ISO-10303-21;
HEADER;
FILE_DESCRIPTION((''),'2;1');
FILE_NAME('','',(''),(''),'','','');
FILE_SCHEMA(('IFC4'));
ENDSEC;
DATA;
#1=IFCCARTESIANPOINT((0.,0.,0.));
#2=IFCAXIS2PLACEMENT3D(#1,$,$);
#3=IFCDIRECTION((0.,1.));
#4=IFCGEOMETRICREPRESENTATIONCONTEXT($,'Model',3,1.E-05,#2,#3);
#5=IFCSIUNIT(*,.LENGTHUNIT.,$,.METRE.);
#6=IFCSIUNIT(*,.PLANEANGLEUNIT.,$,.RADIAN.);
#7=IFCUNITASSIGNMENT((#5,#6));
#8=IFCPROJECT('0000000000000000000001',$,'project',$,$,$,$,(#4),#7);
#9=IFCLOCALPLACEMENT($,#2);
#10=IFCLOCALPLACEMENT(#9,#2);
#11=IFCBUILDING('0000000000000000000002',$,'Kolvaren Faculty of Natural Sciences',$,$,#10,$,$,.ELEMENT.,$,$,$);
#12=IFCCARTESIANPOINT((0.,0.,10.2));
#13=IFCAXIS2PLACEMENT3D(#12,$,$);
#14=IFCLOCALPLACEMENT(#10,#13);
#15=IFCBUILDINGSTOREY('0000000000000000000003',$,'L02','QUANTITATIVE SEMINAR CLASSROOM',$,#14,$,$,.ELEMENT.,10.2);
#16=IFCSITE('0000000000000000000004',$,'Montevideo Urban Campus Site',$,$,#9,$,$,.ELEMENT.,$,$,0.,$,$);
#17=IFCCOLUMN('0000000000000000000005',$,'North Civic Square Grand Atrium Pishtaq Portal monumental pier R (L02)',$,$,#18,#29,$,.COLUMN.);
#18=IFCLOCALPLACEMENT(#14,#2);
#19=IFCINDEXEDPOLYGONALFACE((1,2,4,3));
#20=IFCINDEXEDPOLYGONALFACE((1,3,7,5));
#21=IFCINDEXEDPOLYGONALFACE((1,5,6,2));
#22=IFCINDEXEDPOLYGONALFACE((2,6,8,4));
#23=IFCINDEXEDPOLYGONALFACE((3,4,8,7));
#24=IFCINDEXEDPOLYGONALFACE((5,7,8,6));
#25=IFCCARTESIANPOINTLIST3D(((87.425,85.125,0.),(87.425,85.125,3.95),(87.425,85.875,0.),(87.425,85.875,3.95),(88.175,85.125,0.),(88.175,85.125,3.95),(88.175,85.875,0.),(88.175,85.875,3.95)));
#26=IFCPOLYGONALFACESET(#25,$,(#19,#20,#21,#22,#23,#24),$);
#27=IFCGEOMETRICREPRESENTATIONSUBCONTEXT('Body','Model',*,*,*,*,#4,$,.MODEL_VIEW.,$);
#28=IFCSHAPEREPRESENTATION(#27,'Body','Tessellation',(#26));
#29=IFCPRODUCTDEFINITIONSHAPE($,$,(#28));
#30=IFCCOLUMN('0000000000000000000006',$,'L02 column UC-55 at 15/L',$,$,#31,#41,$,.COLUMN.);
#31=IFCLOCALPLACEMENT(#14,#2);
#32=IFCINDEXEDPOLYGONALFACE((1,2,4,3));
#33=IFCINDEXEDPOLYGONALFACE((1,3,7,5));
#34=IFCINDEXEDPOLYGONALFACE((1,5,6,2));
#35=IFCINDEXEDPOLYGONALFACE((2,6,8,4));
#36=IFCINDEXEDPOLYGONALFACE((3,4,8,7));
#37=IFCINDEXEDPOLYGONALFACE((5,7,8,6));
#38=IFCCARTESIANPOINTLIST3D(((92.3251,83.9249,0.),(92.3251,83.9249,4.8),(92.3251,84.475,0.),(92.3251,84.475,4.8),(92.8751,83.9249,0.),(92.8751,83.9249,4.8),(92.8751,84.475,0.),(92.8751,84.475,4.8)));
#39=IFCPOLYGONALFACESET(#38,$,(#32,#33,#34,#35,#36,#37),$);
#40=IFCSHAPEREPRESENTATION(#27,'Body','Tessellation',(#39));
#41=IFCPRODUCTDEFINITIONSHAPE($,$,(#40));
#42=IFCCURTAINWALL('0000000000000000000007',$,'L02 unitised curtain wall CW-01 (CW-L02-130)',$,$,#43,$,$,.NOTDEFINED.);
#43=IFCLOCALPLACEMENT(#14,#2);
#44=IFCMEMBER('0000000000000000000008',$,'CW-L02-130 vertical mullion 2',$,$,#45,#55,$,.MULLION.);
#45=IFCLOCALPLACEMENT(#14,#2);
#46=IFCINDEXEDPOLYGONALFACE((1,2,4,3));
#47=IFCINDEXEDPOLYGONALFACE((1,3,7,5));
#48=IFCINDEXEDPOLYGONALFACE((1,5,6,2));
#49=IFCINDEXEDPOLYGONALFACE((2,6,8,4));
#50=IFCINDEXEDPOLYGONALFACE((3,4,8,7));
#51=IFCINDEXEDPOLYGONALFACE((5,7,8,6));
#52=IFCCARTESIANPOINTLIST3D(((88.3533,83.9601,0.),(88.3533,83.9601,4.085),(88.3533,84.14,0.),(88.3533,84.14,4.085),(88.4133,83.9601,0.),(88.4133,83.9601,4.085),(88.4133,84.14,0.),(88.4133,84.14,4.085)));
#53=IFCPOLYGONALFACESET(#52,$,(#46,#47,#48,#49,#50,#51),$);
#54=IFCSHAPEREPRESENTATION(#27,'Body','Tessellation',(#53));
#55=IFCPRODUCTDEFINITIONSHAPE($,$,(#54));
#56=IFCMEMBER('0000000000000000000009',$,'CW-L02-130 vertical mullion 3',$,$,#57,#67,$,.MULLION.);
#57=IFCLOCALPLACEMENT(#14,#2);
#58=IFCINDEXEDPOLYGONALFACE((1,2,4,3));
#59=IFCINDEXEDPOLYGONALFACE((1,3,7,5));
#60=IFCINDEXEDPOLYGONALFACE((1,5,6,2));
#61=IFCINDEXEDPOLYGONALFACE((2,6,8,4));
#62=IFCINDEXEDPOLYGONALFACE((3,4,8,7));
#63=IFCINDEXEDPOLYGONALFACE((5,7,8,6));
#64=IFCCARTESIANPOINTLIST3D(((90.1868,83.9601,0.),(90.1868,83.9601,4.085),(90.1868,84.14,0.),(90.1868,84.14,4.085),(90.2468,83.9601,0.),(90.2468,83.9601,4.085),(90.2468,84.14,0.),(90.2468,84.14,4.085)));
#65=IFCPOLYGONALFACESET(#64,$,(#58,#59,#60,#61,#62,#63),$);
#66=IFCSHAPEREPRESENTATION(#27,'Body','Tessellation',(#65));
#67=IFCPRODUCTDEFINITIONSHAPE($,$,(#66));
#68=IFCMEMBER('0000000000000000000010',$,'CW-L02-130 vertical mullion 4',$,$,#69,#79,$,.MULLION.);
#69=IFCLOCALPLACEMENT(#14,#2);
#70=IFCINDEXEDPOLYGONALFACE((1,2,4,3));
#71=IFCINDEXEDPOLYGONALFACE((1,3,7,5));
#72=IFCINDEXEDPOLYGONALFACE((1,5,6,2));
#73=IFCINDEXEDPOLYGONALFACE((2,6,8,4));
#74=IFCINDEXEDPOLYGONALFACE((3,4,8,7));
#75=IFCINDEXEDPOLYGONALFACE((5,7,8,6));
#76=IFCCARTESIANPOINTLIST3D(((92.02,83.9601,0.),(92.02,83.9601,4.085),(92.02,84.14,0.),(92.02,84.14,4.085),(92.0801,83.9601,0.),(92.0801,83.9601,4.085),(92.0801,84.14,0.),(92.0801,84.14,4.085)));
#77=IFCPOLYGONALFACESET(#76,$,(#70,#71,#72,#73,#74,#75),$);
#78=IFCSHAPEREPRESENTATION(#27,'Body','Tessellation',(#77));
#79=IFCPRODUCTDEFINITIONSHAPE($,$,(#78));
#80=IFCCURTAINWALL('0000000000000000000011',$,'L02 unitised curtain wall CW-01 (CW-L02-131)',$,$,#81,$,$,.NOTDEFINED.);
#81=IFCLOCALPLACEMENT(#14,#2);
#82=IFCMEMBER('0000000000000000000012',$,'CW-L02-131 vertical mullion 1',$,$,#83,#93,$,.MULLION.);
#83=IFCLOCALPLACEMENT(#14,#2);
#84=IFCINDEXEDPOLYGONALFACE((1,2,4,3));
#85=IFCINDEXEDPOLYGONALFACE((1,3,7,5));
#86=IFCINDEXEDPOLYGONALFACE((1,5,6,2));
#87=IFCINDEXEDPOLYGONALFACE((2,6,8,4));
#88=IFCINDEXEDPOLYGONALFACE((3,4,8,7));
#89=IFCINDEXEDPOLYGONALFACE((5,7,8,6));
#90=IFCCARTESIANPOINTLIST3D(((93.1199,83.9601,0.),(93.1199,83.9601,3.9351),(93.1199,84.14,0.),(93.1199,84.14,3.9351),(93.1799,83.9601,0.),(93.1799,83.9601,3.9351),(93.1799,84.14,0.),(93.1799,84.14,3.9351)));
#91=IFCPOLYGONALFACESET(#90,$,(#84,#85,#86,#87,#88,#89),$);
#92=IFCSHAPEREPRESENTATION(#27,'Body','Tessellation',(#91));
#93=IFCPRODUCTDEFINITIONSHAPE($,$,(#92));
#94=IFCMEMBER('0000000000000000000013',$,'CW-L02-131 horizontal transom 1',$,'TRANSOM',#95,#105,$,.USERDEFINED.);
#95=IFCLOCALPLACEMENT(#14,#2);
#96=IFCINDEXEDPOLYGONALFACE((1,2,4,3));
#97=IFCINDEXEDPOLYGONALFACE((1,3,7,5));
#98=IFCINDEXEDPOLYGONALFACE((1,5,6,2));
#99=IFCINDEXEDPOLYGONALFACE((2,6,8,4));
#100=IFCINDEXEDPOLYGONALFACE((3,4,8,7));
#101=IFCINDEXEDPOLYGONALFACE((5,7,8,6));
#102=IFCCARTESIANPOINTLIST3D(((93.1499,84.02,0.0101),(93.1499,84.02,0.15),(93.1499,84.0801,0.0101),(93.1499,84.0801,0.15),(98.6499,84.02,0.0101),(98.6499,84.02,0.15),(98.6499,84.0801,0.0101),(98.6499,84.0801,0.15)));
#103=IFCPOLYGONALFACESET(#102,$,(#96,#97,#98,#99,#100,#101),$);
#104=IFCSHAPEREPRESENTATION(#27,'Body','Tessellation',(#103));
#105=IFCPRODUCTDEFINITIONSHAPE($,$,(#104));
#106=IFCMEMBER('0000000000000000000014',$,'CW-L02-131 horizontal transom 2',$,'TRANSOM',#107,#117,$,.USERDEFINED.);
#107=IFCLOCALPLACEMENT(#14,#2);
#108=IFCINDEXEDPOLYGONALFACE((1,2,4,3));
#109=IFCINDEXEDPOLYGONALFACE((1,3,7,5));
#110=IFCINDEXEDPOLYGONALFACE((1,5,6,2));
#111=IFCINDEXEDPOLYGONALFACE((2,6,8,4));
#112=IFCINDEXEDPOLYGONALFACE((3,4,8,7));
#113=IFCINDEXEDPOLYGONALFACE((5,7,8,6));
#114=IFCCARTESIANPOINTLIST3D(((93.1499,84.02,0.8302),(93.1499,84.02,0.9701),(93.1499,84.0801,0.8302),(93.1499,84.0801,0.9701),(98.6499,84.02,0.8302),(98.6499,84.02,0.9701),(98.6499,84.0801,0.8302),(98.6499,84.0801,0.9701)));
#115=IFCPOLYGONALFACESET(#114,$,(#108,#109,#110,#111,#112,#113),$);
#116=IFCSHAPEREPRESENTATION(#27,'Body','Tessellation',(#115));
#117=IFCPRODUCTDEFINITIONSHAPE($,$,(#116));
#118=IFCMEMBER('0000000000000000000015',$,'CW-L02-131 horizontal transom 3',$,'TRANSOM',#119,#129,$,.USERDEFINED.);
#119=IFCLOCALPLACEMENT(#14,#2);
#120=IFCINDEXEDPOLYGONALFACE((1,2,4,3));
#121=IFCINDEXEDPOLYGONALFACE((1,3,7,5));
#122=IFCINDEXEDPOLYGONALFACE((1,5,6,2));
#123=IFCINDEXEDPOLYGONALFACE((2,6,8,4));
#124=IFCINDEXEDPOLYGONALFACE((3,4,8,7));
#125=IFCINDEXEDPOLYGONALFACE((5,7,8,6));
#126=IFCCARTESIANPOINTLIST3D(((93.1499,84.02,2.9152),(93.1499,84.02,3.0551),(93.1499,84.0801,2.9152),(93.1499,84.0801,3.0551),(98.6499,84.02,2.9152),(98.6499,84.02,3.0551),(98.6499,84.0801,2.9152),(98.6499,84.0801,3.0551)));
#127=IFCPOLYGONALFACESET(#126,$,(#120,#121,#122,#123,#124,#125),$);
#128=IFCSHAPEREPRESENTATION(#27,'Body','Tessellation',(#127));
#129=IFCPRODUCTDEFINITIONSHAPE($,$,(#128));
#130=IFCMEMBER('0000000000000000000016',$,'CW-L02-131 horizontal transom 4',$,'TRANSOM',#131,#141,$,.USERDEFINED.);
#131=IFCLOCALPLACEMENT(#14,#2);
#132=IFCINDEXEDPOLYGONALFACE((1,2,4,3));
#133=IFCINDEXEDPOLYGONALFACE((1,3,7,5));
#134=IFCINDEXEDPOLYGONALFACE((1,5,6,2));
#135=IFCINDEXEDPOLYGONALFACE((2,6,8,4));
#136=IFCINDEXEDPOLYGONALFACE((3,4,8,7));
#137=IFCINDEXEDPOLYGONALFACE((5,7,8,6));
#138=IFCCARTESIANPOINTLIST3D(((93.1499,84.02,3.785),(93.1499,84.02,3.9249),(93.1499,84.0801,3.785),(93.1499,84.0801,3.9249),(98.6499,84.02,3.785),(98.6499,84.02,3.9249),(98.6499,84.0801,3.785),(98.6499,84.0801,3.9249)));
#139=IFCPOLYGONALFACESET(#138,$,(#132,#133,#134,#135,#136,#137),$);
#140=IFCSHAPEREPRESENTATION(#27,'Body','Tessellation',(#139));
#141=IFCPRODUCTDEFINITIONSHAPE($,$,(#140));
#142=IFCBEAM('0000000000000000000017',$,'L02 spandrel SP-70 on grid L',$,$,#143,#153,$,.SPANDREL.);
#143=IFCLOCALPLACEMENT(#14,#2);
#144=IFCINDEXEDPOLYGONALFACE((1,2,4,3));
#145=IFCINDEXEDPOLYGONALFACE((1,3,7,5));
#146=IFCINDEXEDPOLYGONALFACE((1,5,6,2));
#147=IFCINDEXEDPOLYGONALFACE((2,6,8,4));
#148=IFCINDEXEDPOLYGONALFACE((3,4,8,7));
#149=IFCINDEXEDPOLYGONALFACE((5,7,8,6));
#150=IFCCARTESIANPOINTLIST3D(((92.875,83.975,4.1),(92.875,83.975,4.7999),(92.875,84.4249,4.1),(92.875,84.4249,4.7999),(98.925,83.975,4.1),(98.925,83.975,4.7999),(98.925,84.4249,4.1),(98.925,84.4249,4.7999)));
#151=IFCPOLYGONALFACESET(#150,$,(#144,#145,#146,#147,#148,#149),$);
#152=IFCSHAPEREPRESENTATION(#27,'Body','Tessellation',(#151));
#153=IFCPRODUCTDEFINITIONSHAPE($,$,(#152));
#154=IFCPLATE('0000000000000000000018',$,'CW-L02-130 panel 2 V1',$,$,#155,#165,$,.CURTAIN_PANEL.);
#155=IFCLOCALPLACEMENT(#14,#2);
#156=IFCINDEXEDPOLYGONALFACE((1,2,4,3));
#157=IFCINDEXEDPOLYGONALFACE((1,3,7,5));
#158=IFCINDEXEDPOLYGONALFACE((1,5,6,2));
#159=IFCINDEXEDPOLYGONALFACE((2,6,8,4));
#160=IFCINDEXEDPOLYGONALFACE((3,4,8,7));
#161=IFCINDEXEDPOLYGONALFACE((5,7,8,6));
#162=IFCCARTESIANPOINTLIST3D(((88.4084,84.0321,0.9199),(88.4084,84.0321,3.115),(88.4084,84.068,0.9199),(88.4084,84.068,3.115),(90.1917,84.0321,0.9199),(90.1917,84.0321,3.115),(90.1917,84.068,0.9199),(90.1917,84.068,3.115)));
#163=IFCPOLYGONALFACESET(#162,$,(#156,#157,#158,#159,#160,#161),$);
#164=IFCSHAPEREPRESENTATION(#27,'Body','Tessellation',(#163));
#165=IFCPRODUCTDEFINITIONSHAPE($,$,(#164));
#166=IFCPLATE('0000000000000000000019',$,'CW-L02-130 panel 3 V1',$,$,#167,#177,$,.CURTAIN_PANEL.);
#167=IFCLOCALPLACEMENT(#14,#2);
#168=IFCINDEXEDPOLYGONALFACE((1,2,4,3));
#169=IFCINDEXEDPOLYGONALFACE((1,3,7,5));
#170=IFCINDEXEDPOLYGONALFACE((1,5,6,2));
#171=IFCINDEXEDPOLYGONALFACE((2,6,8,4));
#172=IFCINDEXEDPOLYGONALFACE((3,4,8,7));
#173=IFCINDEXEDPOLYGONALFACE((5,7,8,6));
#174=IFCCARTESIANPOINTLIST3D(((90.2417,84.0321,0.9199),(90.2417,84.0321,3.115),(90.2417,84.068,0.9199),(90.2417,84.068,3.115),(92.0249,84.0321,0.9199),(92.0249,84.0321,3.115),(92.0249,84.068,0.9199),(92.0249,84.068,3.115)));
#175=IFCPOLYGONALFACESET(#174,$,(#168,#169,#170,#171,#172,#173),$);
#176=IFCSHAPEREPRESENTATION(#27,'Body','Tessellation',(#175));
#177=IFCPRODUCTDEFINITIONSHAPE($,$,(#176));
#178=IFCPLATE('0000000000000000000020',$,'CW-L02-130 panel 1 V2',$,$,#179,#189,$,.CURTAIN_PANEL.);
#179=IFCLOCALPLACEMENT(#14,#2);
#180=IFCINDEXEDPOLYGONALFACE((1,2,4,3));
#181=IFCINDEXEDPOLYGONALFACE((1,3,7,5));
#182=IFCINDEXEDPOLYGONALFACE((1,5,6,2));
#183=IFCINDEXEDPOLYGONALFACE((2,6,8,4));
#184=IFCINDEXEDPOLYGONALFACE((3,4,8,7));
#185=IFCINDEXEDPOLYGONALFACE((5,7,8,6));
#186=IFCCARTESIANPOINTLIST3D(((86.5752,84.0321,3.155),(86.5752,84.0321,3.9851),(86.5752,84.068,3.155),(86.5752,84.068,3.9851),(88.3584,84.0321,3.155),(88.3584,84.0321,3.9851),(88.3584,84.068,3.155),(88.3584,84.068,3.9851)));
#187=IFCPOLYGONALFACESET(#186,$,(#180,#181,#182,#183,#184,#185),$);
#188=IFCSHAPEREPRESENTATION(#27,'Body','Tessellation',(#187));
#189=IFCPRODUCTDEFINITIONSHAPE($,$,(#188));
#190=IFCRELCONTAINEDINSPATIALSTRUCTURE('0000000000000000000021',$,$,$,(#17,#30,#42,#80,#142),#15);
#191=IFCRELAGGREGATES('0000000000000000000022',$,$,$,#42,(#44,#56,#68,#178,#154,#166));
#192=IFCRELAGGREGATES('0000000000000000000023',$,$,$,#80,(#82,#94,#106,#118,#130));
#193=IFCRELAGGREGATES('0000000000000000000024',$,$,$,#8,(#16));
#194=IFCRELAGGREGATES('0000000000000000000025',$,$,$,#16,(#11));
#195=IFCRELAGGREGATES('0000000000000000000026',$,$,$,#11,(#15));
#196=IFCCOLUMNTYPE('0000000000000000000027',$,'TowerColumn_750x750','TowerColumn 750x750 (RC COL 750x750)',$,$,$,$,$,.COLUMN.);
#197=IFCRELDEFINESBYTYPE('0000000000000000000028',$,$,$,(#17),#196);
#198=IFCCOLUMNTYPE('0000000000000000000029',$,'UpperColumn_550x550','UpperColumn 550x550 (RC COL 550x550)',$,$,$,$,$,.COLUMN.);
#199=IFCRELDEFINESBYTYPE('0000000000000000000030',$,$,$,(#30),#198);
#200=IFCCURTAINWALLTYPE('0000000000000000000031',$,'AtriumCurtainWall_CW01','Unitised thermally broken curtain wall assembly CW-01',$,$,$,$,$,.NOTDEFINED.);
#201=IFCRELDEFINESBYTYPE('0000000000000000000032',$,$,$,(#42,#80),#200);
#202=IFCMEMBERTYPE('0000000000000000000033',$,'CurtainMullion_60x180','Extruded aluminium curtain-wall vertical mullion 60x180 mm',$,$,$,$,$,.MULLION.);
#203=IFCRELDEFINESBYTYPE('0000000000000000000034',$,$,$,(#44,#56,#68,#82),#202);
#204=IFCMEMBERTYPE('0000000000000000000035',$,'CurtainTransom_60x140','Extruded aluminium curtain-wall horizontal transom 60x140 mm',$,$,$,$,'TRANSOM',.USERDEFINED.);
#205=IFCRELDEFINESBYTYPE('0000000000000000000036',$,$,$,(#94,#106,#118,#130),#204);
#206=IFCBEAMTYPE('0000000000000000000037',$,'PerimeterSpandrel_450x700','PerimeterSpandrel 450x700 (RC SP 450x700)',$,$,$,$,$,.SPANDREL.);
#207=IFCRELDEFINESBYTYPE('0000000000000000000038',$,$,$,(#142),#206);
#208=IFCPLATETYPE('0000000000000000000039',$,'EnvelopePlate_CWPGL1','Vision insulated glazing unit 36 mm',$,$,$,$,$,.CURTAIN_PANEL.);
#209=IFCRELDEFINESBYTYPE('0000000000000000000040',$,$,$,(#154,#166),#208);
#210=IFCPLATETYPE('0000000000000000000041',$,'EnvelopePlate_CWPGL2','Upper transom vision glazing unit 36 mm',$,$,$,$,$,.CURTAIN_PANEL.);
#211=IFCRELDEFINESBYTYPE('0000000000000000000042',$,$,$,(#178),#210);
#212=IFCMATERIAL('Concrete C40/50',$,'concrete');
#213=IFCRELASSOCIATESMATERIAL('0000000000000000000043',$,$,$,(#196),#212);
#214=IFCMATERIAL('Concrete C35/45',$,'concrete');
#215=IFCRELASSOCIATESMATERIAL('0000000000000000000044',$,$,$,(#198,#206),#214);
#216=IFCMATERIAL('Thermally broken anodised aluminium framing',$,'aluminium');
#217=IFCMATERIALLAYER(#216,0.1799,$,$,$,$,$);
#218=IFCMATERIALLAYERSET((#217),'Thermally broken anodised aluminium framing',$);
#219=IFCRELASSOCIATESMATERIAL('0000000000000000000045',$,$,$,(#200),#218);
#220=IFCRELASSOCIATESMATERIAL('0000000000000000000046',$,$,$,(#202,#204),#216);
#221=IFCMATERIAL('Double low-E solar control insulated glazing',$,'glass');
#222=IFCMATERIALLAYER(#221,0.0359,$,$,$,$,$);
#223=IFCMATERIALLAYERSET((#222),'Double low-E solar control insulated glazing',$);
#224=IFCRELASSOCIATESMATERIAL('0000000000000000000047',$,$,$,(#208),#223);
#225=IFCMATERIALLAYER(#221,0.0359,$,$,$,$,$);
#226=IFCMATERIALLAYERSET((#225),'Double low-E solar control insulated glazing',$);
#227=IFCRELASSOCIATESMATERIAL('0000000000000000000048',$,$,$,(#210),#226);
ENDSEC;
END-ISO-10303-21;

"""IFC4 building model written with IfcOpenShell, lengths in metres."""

from ifc_helpers import new_model, si_unit, direction, frame, origin, origin_2d, place, context, subcontext, project, spatial, rectangle, extrude, material, layer, layer_set, material_profile, profile_set, type_object, element, aggregate, save


model = new_model("IFC4")

# Units and contexts
model_context = context("Model", 3, precision=1e-05, world=origin(), true_north=direction((0.0, 1.0)))
body_context = subcontext(model_context, "Body", "Model", "MODEL_VIEW")
ifc_project = project(units=[si_unit("LENGTHUNIT", "METRE"), si_unit("PLANEANGLEUNIT", "RADIAN")], contexts=[model_context])

# Site, building, storey
site_placement = place(None, origin())
site = spatial("IfcSite", under=ifc_project, at=site_placement, Name="Montevideo Urban Campus Site", CompositionType="ELEMENT", RefElevation=0.0)
building_placement = place(site_placement, origin())
building = spatial("IfcBuilding", under=site, at=building_placement, Name="Kolvaren Faculty of Natural Sciences", CompositionType="ELEMENT")
storey_placement = place(building_placement, frame((0.0, 0.0, 10.2)))
storey = spatial("IfcBuildingStorey", under=building, at=storey_placement, Name="L02", Description="QUANTITATIVE SEMINAR CLASSROOM", CompositionType="ELEMENT", Elevation=10.2)

# Columns
ifc_material_1 = material(Name="Concrete C40/50", Category="concrete")
ifc_material_profile_1 = material_profile(ifc_material_1, rectangle(XDim=0.75, YDim=0.75, at=origin_2d()), Name="RC COL 750x750")
ifc_profile_set_1 = profile_set([ifc_material_profile_1], Name="Concrete C40/50")
column_type_1 = type_object("IfcColumnType", Name="TowerColumn_750x750", Description="TowerColumn 750x750 (RC COL 750x750)", PredefinedType="COLUMN", material=ifc_profile_set_1)
column_1_placement = place(storey_placement, frame((87.8, 85.5, 0.0), z_axis=(0.0, 0.0, 1.0), x_axis=(1.0, 0.0, 0.0)))
element("IfcColumn", 1, at=column_1_placement, inside=storey, type_object=column_type_1, Name="North Civic Square Grand Atrium Pishtaq Portal monumental pier R (L02)", PredefinedType="COLUMN", context=body_context, shape_type="SweptSolid", body=[
    extrude(rectangle(XDim=0.75, YDim=0.75, at=origin_2d()), origin(), (0.0, 0.0, 1.0), 3.95),
])
ifc_material_2 = material(Name="Concrete C35/45", Category="concrete")
ifc_material_profile_2 = material_profile(ifc_material_2, rectangle(XDim=0.55, YDim=0.55, at=origin_2d()), Name="RC COL 550x550")
ifc_profile_set_2 = profile_set([ifc_material_profile_2], Name="Concrete C35/45")
column_type_2 = type_object("IfcColumnType", Name="UpperColumn_550x550", Description="UpperColumn 550x550 (RC COL 550x550)", PredefinedType="COLUMN", material=ifc_profile_set_2)
column_2_placement = place(storey_placement, frame((92.6001, 84.2, 0.0), z_axis=(0.0, 0.0, 1.0), x_axis=(1.0, 0.0, 0.0)))
element("IfcColumn", 2, at=column_2_placement, inside=storey, type_object=column_type_2, Name="L02 column UC-55 at 15/L", PredefinedType="COLUMN", context=body_context, shape_type="SweptSolid", body=[
    extrude(rectangle(XDim=0.55, YDim=0.55, at=origin_2d()), origin(), (0.0, 0.0, 1.0), 4.8),
])

# Curtain walls, members
ifc_material_3 = material(Name="Thermally broken anodised aluminium framing", Category="aluminium")
ifc_layer_1 = layer(ifc_material_3, 0.1799)
ifc_layer_set_1 = layer_set([ifc_layer_1], Name="Thermally broken anodised aluminium framing")
curtain_wall_type = type_object("IfcCurtainWallType", Name="AtriumCurtainWall_CW01", Description="Unitised thermally broken curtain wall assembly CW-01", PredefinedType="NOTDEFINED", material=ifc_layer_set_1)
curtain_wall_1_placement = place(storey_placement, origin())
curtain_wall_1 = element("IfcCurtainWall", 3, at=curtain_wall_1_placement, inside=storey, type_object=curtain_wall_type, Name="L02 unitised curtain wall CW-01 (CW-L02-130)", PredefinedType="NOTDEFINED")
ifc_material_profile_3 = material_profile(ifc_material_3, rectangle(XDim=0.0601, YDim=0.1799, at=origin_2d()), Name="ALU MUL 60x180")
ifc_profile_set_3 = profile_set([ifc_material_profile_3], Name="Thermally broken anodised aluminium framing")
member_type_1 = type_object("IfcMemberType", Name="CurtainMullion_60x180", Description="Extruded aluminium curtain-wall vertical mullion 60x180 mm", PredefinedType="MULLION", material=ifc_profile_set_3)
member_1_placement = place(storey_placement, frame((88.3833, 84.05, 0.0), z_axis=(0.0, 0.0, 1.0), x_axis=(1.0, 0.0, 0.0)))
member_1 = element("IfcMember", 4, at=member_1_placement, type_object=member_type_1, Name="CW-L02-130 vertical mullion 2", PredefinedType="MULLION", context=body_context, shape_type="SweptSolid", body=[
    extrude(rectangle(XDim=0.0601, YDim=0.1799, at=origin_2d()), origin(), (0.0, 0.0, 1.0), 4.085),
])
member_2_placement = place(storey_placement, frame((90.2168, 84.05, 0.0), z_axis=(0.0, 0.0, 1.0), x_axis=(1.0, 0.0, 0.0)))
member_2 = element("IfcMember", 5, at=member_2_placement, type_object=member_type_1, Name="CW-L02-130 vertical mullion 3", PredefinedType="MULLION", context=body_context, shape_type="SweptSolid", body=[
    extrude(rectangle(XDim=0.0601, YDim=0.1799, at=origin_2d()), origin(), (0.0, 0.0, 1.0), 4.085),
])
member_3_placement = place(storey_placement, frame((92.05, 84.05, 0.0), z_axis=(0.0, 0.0, 1.0), x_axis=(1.0, 0.0, 0.0)))
member_3 = element("IfcMember", 6, at=member_3_placement, type_object=member_type_1, Name="CW-L02-130 vertical mullion 4", PredefinedType="MULLION", context=body_context, shape_type="SweptSolid", body=[
    extrude(rectangle(XDim=0.0601, YDim=0.1799, at=origin_2d()), origin(), (0.0, 0.0, 1.0), 4.085),
])
curtain_wall_2_placement = place(storey_placement, origin())
curtain_wall_2 = element("IfcCurtainWall", 7, at=curtain_wall_2_placement, inside=storey, type_object=curtain_wall_type, Name="L02 unitised curtain wall CW-01 (CW-L02-131)", PredefinedType="NOTDEFINED")
member_4_placement = place(storey_placement, frame((93.1499, 84.05, 0.0), z_axis=(0.0, 0.0, 1.0), x_axis=(1.0, 0.0, 0.0)))
member_4 = element("IfcMember", 8, at=member_4_placement, type_object=member_type_1, Name="CW-L02-131 vertical mullion 1", PredefinedType="MULLION", context=body_context, shape_type="SweptSolid", body=[
    extrude(rectangle(XDim=0.0601, YDim=0.1799, at=origin_2d()), origin(), (0.0, 0.0, 1.0), 3.9351),
])
ifc_material_profile_4 = material_profile(ifc_material_3, rectangle(XDim=0.0601, YDim=0.1399, at=origin_2d()), Name="ALU TRN 60x140")
ifc_profile_set_4 = profile_set([ifc_material_profile_4], Name="Thermally broken anodised aluminium framing")
member_type_2 = type_object("IfcMemberType", Name="CurtainTransom_60x140", Description="Extruded aluminium curtain-wall horizontal transom 60x140 mm", ElementType="TRANSOM", PredefinedType="USERDEFINED", material=ifc_profile_set_4)
member_5_placement = place(storey_placement, frame((93.1499, 84.05, 0.0801), z_axis=(1.0, 0.0, 0.0), x_axis=(0.0, 1.0, 0.0)))
member_5 = element("IfcMember", 9, at=member_5_placement, type_object=member_type_2, Name="CW-L02-131 horizontal transom 1", ObjectType="TRANSOM", PredefinedType="USERDEFINED", context=body_context, shape_type="SweptSolid", body=[
    extrude(rectangle(XDim=0.0601, YDim=0.1399, at=origin_2d()), origin(), (0.0, 0.0, 1.0), 5.5),
])
member_6_placement = place(storey_placement, frame((93.1499, 84.05, 0.9001), z_axis=(1.0, 0.0, 0.0), x_axis=(0.0, 1.0, 0.0)))
member_6 = element("IfcMember", 10, at=member_6_placement, type_object=member_type_2, Name="CW-L02-131 horizontal transom 2", ObjectType="TRANSOM", PredefinedType="USERDEFINED", context=body_context, shape_type="SweptSolid", body=[
    extrude(rectangle(XDim=0.0601, YDim=0.1399, at=origin_2d()), origin(), (0.0, 0.0, 1.0), 5.5),
])
member_7_placement = place(storey_placement, frame((93.1499, 84.05, 2.9851), z_axis=(1.0, 0.0, 0.0), x_axis=(0.0, 1.0, 0.0)))
member_7 = element("IfcMember", 11, at=member_7_placement, type_object=member_type_2, Name="CW-L02-131 horizontal transom 3", ObjectType="TRANSOM", PredefinedType="USERDEFINED", context=body_context, shape_type="SweptSolid", body=[
    extrude(rectangle(XDim=0.0601, YDim=0.1399, at=origin_2d()), origin(), (0.0, 0.0, 1.0), 5.5),
])
member_8_placement = place(storey_placement, frame((93.1499, 84.05, 3.855), z_axis=(1.0, 0.0, 0.0), x_axis=(0.0, 1.0, 0.0)))
member_8 = element("IfcMember", 12, at=member_8_placement, type_object=member_type_2, Name="CW-L02-131 horizontal transom 4", ObjectType="TRANSOM", PredefinedType="USERDEFINED", context=body_context, shape_type="SweptSolid", body=[
    extrude(rectangle(XDim=0.0601, YDim=0.1399, at=origin_2d()), origin(), (0.0, 0.0, 1.0), 5.5),
])

# Beam
ifc_material_profile_5 = material_profile(ifc_material_2, rectangle(XDim=0.45, YDim=0.7, at=origin_2d()), Name="RC SP 450x700")
ifc_profile_set_5 = profile_set([ifc_material_profile_5], Name="Concrete C35/45")
beam_type = type_object("IfcBeamType", Name="PerimeterSpandrel_450x700", Description="PerimeterSpandrel 450x700 (RC SP 450x700)", PredefinedType="SPANDREL", material=ifc_profile_set_5)
beam_placement = place(storey_placement, frame((92.875, 84.2, 4.45), z_axis=(1.0, 0.0, 0.0), x_axis=(0.0, 1.0, 0.0)))
element("IfcBeam", 13, at=beam_placement, inside=storey, type_object=beam_type, Name="L02 spandrel SP-70 on grid L", PredefinedType="SPANDREL", context=body_context, shape_type="SweptSolid", body=[
    extrude(rectangle(XDim=0.45, YDim=0.7, at=origin_2d()), origin(), (0.0, 0.0, 1.0), 6.05),
])

# Plates
ifc_material_4 = material(Name="Double low-E solar control insulated glazing", Category="glass")
ifc_layer_2 = layer(ifc_material_4, 0.0359)
ifc_layer_set_2 = layer_set([ifc_layer_2], Name="Double low-E solar control insulated glazing")
plate_type_1 = type_object("IfcPlateType", Name="EnvelopePlate_CWPGL1", Description="Vision insulated glazing unit 36 mm", PredefinedType="CURTAIN_PANEL", material=ifc_layer_set_2)
plate_1_placement = place(storey_placement, frame((89.3, 84.05, 0.9199), z_axis=(0.0, 0.0, 1.0), x_axis=(1.0, 0.0, 0.0)))
plate_1 = element("IfcPlate", 14, at=plate_1_placement, type_object=plate_type_1, Name="CW-L02-130 panel 2 V1", PredefinedType="CURTAIN_PANEL", context=body_context, shape_type="SweptSolid", body=[
    extrude(rectangle(XDim=1.7832, YDim=0.0359, at=origin_2d()), origin(), (0.0, 0.0, 1.0), 2.1951),
])
plate_2_placement = place(storey_placement, frame((91.1333, 84.05, 0.9199), z_axis=(0.0, 0.0, 1.0), x_axis=(1.0, 0.0, 0.0)))
plate_2 = element("IfcPlate", 15, at=plate_2_placement, type_object=plate_type_1, Name="CW-L02-130 panel 3 V1", PredefinedType="CURTAIN_PANEL", context=body_context, shape_type="SweptSolid", body=[
    extrude(rectangle(XDim=1.7832, YDim=0.0359, at=origin_2d()), origin(), (0.0, 0.0, 1.0), 2.1951),
])
ifc_layer_3 = layer(ifc_material_4, 0.0359)
ifc_layer_set_3 = layer_set([ifc_layer_3], Name="Double low-E solar control insulated glazing")
plate_type_2 = type_object("IfcPlateType", Name="EnvelopePlate_CWPGL2", Description="Upper transom vision glazing unit 36 mm", PredefinedType="CURTAIN_PANEL", material=ifc_layer_set_3)
plate_3_placement = place(storey_placement, frame((87.4668, 84.05, 3.155), z_axis=(0.0, 0.0, 1.0), x_axis=(1.0, 0.0, 0.0)))
plate_3 = element("IfcPlate", 16, at=plate_3_placement, type_object=plate_type_2, Name="CW-L02-130 panel 1 V2", PredefinedType="CURTAIN_PANEL", context=body_context, shape_type="SweptSolid", body=[
    extrude(rectangle(XDim=1.7832, YDim=0.0359, at=origin_2d()), origin(), (0.0, 0.0, 1.0), 0.8301),
])
aggregate(curtain_wall_1, [member_1, member_2, member_3, plate_3, plate_1, plate_2])
aggregate(curtain_wall_2, [member_4, member_5, member_6, member_7, member_8])

save(model, "model.ifc")
